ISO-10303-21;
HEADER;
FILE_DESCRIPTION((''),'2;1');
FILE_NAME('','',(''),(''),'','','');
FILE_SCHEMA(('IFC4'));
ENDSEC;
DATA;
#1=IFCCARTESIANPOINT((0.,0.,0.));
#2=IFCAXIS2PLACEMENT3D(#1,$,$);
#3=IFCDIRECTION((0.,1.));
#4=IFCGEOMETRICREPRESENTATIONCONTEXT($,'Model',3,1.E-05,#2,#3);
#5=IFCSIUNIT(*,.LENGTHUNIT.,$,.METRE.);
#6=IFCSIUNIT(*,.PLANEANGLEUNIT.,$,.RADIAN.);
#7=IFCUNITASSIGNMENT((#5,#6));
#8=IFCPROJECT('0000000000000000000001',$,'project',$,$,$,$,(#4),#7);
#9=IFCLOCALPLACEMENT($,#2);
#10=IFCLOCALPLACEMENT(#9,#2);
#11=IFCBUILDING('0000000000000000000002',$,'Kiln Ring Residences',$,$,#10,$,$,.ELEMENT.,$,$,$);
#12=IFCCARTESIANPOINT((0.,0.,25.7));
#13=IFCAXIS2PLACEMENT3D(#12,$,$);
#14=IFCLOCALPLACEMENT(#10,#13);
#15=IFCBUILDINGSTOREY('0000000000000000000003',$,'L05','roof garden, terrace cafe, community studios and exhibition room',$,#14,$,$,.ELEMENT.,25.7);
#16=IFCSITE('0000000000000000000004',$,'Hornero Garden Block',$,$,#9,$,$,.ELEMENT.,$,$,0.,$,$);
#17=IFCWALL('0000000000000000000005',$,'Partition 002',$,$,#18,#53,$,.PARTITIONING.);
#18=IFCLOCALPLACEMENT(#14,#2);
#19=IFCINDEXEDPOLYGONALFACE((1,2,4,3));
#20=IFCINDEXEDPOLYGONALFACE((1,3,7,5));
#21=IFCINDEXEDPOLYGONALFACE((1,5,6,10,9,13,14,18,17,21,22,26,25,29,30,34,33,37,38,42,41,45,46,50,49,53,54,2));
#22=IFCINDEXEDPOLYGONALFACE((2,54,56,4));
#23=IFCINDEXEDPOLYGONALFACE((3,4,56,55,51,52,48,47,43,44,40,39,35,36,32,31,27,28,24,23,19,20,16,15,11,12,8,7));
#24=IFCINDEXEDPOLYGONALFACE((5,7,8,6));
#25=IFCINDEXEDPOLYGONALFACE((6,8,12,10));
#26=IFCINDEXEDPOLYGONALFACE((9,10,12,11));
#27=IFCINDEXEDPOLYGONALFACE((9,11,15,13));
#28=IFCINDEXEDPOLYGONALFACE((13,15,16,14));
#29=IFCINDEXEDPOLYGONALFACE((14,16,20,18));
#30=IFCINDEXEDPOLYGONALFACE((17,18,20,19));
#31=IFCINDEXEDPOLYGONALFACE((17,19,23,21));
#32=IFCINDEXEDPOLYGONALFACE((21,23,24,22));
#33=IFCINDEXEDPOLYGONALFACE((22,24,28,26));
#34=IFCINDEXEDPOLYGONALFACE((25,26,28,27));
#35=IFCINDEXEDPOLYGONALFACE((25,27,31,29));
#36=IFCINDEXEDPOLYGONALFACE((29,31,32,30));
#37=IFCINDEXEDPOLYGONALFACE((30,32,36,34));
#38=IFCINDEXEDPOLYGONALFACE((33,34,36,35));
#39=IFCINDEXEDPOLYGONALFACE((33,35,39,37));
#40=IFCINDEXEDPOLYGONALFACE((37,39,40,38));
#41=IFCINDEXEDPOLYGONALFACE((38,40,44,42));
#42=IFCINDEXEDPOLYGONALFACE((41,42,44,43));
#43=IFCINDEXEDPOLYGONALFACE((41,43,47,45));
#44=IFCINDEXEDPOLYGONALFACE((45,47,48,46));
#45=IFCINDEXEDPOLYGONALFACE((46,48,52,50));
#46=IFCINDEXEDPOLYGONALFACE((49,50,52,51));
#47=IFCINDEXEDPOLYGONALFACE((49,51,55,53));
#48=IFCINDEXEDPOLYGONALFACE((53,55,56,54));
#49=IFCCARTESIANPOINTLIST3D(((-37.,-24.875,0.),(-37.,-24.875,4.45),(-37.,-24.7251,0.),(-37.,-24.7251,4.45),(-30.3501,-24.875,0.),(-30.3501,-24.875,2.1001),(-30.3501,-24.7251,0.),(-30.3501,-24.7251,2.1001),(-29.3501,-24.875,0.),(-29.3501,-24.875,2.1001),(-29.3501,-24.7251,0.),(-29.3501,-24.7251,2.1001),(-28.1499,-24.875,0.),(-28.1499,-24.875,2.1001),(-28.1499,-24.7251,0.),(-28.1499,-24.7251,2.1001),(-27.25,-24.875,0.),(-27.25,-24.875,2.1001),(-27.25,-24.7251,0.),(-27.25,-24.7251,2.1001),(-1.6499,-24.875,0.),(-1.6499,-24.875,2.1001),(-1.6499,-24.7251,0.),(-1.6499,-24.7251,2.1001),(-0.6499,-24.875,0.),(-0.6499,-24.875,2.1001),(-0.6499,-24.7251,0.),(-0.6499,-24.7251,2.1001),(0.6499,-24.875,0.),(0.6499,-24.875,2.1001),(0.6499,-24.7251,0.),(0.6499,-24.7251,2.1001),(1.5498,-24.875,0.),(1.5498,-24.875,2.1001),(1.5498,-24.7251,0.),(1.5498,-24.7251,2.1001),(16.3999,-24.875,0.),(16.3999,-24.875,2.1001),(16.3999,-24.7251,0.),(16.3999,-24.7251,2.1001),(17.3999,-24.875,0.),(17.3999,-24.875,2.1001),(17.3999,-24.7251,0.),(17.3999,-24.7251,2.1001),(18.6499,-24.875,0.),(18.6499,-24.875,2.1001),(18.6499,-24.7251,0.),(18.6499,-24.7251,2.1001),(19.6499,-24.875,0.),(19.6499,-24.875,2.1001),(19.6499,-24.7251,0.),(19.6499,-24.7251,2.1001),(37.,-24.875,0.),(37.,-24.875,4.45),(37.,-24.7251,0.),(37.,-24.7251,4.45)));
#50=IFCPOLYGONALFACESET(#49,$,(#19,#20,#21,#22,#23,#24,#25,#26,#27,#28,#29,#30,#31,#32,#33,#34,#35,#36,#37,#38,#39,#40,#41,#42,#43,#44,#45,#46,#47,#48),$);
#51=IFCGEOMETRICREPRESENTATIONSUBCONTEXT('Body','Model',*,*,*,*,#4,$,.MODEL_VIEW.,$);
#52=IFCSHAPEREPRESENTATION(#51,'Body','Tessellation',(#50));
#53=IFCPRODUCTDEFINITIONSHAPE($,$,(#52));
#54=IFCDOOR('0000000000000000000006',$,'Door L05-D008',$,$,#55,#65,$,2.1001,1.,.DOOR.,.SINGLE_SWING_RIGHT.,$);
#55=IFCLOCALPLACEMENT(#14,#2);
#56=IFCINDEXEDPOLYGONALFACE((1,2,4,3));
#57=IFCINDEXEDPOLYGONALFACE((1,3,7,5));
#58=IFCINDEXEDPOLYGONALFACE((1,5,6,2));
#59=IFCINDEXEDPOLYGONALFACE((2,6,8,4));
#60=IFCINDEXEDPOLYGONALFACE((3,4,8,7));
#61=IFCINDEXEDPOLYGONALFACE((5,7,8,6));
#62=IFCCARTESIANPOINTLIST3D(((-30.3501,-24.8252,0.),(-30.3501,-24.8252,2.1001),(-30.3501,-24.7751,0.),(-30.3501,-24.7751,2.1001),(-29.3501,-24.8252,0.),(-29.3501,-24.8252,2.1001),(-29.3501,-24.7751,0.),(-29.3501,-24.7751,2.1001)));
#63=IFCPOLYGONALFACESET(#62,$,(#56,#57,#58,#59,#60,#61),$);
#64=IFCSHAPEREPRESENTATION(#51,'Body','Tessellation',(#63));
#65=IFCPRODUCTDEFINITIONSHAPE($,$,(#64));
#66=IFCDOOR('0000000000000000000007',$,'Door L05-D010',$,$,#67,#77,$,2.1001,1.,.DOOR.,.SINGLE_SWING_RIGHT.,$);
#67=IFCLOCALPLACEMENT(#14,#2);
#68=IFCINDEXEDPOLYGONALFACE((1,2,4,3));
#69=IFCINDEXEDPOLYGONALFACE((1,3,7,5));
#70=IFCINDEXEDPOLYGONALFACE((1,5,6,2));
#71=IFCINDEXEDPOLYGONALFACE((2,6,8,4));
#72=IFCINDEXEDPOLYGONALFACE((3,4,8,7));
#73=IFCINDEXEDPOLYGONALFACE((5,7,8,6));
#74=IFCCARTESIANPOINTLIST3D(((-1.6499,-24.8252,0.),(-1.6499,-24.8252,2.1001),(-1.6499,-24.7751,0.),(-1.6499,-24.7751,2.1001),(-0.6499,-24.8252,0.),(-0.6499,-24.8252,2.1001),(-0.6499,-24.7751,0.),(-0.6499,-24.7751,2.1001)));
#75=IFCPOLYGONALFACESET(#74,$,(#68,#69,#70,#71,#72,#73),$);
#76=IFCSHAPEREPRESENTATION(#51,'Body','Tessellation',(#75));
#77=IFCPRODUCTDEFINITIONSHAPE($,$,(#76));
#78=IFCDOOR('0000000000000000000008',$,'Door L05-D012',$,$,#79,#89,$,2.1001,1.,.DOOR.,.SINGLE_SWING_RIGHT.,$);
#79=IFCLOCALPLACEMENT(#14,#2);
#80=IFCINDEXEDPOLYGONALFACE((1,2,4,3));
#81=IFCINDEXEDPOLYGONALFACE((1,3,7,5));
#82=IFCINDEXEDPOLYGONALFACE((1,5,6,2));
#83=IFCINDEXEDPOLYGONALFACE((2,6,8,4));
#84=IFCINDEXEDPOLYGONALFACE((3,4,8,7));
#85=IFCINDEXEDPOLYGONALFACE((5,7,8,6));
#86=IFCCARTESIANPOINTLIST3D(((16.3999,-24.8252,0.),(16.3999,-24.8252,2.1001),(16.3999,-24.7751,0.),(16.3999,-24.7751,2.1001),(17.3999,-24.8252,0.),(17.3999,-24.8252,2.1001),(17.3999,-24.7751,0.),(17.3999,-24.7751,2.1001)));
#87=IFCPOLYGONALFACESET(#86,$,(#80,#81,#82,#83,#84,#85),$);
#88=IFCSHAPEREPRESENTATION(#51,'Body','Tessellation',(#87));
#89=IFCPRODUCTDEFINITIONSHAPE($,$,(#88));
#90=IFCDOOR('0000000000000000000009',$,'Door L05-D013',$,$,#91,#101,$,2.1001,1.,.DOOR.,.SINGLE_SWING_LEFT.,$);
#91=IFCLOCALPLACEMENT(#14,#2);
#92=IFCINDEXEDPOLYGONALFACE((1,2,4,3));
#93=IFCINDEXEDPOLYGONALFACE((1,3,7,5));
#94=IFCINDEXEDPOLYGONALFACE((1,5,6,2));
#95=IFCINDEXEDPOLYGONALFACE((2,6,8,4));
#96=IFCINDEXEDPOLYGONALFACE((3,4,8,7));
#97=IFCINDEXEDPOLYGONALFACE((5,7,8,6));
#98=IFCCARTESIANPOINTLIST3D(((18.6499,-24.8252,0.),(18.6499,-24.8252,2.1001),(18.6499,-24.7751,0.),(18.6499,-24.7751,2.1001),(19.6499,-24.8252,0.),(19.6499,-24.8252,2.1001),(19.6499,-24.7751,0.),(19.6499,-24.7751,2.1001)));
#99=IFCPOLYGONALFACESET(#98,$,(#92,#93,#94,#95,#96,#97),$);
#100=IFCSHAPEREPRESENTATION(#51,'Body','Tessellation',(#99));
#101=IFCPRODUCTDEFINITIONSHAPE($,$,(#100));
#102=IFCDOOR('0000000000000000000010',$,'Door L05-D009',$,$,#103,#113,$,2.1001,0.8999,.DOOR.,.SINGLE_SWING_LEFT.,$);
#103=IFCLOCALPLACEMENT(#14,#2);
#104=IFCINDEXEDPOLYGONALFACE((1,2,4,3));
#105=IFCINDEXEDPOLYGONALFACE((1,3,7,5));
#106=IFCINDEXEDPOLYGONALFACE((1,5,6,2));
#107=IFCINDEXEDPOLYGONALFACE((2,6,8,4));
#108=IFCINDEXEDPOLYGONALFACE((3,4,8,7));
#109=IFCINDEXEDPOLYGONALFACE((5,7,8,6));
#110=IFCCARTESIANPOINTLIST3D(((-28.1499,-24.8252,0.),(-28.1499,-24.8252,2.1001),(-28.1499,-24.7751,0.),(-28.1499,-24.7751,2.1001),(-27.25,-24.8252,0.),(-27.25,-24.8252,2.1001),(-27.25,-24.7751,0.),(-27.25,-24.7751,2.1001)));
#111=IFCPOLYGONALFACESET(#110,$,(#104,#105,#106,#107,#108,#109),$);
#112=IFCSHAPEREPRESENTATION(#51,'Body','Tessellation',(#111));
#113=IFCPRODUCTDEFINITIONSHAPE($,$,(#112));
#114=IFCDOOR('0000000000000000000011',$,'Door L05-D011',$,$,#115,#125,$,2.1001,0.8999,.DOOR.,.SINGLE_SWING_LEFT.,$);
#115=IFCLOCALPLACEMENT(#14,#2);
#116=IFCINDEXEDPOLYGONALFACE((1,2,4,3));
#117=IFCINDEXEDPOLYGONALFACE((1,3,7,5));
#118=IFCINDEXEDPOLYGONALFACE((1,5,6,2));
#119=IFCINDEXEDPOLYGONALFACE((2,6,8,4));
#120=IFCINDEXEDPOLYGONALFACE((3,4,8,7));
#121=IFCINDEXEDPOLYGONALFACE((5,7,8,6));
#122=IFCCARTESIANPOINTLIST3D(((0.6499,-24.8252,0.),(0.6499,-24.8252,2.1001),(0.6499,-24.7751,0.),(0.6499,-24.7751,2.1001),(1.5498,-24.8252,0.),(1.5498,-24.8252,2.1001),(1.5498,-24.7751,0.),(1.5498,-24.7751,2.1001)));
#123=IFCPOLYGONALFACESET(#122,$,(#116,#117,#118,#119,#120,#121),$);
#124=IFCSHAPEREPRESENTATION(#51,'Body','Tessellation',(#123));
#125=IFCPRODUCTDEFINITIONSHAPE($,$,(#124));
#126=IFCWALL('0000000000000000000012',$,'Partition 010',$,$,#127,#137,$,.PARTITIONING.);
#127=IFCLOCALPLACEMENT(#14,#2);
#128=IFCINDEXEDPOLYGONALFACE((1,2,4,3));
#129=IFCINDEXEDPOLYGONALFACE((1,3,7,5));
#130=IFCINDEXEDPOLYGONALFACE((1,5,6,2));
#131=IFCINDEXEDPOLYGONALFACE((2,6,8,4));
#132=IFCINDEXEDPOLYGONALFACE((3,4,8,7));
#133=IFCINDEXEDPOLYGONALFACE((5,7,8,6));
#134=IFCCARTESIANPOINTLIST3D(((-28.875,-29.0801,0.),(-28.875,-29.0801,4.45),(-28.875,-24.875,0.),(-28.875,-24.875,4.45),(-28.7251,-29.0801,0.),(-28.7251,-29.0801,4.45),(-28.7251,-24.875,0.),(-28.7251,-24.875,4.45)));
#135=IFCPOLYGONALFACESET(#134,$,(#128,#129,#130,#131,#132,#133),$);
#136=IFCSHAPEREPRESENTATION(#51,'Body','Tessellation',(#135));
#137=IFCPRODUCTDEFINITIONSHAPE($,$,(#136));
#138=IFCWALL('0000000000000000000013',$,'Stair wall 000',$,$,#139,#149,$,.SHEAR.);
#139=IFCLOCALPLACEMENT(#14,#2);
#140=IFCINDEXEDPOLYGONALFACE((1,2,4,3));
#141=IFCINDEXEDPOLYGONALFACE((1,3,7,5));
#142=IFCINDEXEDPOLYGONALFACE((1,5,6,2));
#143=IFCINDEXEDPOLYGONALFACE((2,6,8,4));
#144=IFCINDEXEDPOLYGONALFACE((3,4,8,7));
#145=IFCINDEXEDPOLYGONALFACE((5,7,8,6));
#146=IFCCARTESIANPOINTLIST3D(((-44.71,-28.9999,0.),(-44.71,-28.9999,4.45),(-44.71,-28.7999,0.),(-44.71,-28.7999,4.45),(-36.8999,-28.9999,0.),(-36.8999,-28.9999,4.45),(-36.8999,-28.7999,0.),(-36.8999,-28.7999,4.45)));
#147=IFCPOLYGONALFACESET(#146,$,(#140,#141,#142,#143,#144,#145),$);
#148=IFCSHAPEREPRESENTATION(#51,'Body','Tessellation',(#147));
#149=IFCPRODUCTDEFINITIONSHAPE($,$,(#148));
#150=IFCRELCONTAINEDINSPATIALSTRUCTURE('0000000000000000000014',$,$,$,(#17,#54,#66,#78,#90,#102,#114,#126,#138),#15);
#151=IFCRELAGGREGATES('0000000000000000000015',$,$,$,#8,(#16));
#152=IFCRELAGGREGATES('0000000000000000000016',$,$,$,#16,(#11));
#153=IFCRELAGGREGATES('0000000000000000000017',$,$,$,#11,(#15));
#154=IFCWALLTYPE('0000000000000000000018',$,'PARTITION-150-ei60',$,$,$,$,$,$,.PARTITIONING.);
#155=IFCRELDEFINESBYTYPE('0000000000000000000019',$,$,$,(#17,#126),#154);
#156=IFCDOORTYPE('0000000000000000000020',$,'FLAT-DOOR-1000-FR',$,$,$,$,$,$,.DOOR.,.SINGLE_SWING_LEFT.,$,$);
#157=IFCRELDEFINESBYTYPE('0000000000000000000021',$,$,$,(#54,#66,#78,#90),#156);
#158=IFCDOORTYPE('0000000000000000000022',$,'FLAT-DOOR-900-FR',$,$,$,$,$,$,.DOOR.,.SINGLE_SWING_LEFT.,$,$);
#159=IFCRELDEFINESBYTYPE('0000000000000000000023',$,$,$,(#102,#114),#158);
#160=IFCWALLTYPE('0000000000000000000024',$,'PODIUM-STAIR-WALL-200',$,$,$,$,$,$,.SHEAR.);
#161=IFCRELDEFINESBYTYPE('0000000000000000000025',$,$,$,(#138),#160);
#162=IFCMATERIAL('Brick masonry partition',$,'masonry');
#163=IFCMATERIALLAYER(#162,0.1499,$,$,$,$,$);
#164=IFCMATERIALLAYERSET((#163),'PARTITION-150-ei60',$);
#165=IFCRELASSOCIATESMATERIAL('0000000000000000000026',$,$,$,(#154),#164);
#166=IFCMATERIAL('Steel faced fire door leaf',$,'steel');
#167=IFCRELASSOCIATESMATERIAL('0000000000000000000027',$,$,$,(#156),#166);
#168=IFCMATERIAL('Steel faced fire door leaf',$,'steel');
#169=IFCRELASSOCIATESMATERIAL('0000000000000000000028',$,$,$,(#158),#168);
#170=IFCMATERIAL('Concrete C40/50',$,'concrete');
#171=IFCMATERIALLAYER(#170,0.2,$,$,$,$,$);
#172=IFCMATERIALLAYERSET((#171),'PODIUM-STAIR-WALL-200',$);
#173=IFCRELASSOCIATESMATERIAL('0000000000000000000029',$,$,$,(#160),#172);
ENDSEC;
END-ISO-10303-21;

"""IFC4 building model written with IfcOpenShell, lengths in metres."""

from ifc_helpers import new_model, si_unit, direction, frame, frame_2d, origin, place, context, subcontext, project, spatial, rectangle, extrude, material, layer, layer_set, type_object, element, fill, save


model = new_model("IFC4")

# Units and contexts
model_context = context("Model", 3, precision=1e-05, world=origin(), true_north=direction((0.0, 1.0)))
body_context = subcontext(model_context, "Body", "Model", "MODEL_VIEW")
ifc_project = project(units=[si_unit("LENGTHUNIT", "METRE"), si_unit("PLANEANGLEUNIT", "RADIAN")], contexts=[model_context])

# Site, building, storey
site_placement = place(None, origin())
site = spatial("IfcSite", under=ifc_project, at=site_placement, Name="Hornero Garden Block", CompositionType="ELEMENT", RefElevation=0.0)
building_placement = place(site_placement, origin())
building = spatial("IfcBuilding", under=site, at=building_placement, Name="Kiln Ring Residences", CompositionType="ELEMENT")
storey_placement = place(building_placement, frame((0.0, 0.0, 25.7)))
storey = spatial("IfcBuildingStorey", under=building, at=storey_placement, Name="L05", Description="roof garden, terrace cafe, community studios and exhibition room", CompositionType="ELEMENT", Elevation=25.7)

# Wall, openings, doors
ifc_material_1 = material(Name="Brick masonry partition", Category="masonry")
ifc_layer_1 = layer(ifc_material_1, 0.1499)
ifc_layer_set_1 = layer_set([ifc_layer_1], Name="PARTITION-150-ei60")
wall_type_1 = type_object("IfcWallType", Name="PARTITION-150-ei60", PredefinedType="PARTITIONING", material=ifc_layer_set_1)
wall_1_placement = place(storey_placement, frame((-37.0, -24.8, 0.0), z_axis=(0.0, 0.0, 1.0), x_axis=(1.0, 0.0, 0.0)))
wall_1 = element("IfcWall", 1, at=wall_1_placement, inside=storey, type_object=wall_type_1, Name="Partition 002", PredefinedType="PARTITIONING", context=body_context, shape_type="SweptSolid", body=[
    extrude(rectangle(XDim=74.0, YDim=0.1499, at=frame_2d((37.0, 0.0))), origin(), (0.0, 0.0, 1.0), 4.45),
])
opening_1_placement = place(wall_1_placement, frame((6.6499, 0.0, 0.0)))
opening_1 = element("IfcOpeningElement", 2, at=opening_1_placement, cuts=wall_1, PredefinedType="OPENING", context=body_context, shape_type="SweptSolid", body=[
    extrude(rectangle(XDim=1.0, YDim=2.1001, at=frame_2d((0.5, 1.05))), frame((0.0, 0.085, 0.0), z_axis=(0.0, -1.0, 0.0), x_axis=(1.0, 0.0, 0.0)), (0.0, 0.0, 1.0), 0.1699),
])
opening_2_placement = place(wall_1_placement, frame((8.8501, 0.0, 0.0)))
opening_2 = element("IfcOpeningElement", 3, at=opening_2_placement, cuts=wall_1, PredefinedType="OPENING", context=body_context, shape_type="SweptSolid", body=[
    extrude(rectangle(XDim=0.8999, YDim=2.1001, at=frame_2d((0.45, 1.05))), frame((0.0, 0.085, 0.0), z_axis=(0.0, -1.0, 0.0), x_axis=(1.0, 0.0, 0.0)), (0.0, 0.0, 1.0), 0.1699),
])
opening_3_placement = place(wall_1_placement, frame((35.3501, 0.0, 0.0)))
opening_3 = element("IfcOpeningElement", 4, at=opening_3_placement, cuts=wall_1, PredefinedType="OPENING", context=body_context, shape_type="SweptSolid", body=[
    extrude(rectangle(XDim=1.0, YDim=2.1001, at=frame_2d((0.5, 1.05))), frame((0.0, 0.085, 0.0), z_axis=(0.0, -1.0, 0.0), x_axis=(1.0, 0.0, 0.0)), (0.0, 0.0, 1.0), 0.1699),
])
opening_4_placement = place(wall_1_placement, frame((37.6499, 0.0, 0.0)))
opening_4 = element("IfcOpeningElement", 5, at=opening_4_placement, cuts=wall_1, PredefinedType="OPENING", context=body_context, shape_type="SweptSolid", body=[
    extrude(rectangle(XDim=0.8999, YDim=2.1001, at=frame_2d((0.45, 1.05))), frame((0.0, 0.085, 0.0), z_axis=(0.0, -1.0, 0.0), x_axis=(1.0, 0.0, 0.0)), (0.0, 0.0, 1.0), 0.1699),
])
opening_5_placement = place(wall_1_placement, frame((53.3999, 0.0, 0.0)))
opening_5 = element("IfcOpeningElement", 6, at=opening_5_placement, cuts=wall_1, PredefinedType="OPENING", context=body_context, shape_type="SweptSolid", body=[
    extrude(rectangle(XDim=1.0, YDim=2.1001, at=frame_2d((0.5, 1.05))), frame((0.0, 0.085, 0.0), z_axis=(0.0, -1.0, 0.0), x_axis=(1.0, 0.0, 0.0)), (0.0, 0.0, 1.0), 0.1699),
])
opening_6_placement = place(wall_1_placement, frame((55.6499, 0.0, 0.0)))
opening_6 = element("IfcOpeningElement", 7, at=opening_6_placement, cuts=wall_1, PredefinedType="OPENING", context=body_context, shape_type="SweptSolid", body=[
    extrude(rectangle(XDim=1.0, YDim=2.1001, at=frame_2d((0.5, 1.05))), frame((0.0, 0.085, 0.0), z_axis=(0.0, -1.0, 0.0), x_axis=(1.0, 0.0, 0.0)), (0.0, 0.0, 1.0), 0.1699),
])
ifc_material_2 = material(Name="Steel faced fire door leaf", Category="steel")
door_type_1 = type_object("IfcDoorType", Name="FLAT-DOOR-1000-FR", OperationType="SINGLE_SWING_LEFT", PredefinedType="DOOR", material=ifc_material_2)
door_1_placement = place(opening_1_placement, origin())
door_1 = element("IfcDoor", 8, at=door_1_placement, inside=storey, type_object=door_type_1, Name="Door L05-D008", OperationType="SINGLE_SWING_RIGHT", OverallHeight=2.1001, OverallWidth=1.0, PredefinedType="DOOR", context=body_context, shape_type="SweptSolid", body=[
    extrude(rectangle(XDim=1.0, YDim=2.1001, at=frame_2d((0.5, 1.05))), frame((0.0, 0.0249, 0.0), z_axis=(0.0, -1.0, 0.0), x_axis=(1.0, 0.0, 0.0)), (0.0, 0.0, 1.0), 0.05),
])
fill(opening_1, door_1)
door_2_placement = place(opening_3_placement, origin())
door_2 = element("IfcDoor", 9, at=door_2_placement, inside=storey, type_object=door_type_1, Name="Door L05-D010", OperationType="SINGLE_SWING_RIGHT", OverallHeight=2.1001, OverallWidth=1.0, PredefinedType="DOOR", context=body_context, shape_type="SweptSolid", body=[
    extrude(rectangle(XDim=1.0, YDim=2.1001, at=frame_2d((0.5, 1.05))), frame((0.0, 0.0249, 0.0), z_axis=(0.0, -1.0, 0.0), x_axis=(1.0, 0.0, 0.0)), (0.0, 0.0, 1.0), 0.05),
])
fill(opening_3, door_2)
door_3_placement = place(opening_5_placement, origin())
door_3 = element("IfcDoor", 10, at=door_3_placement, inside=storey, type_object=door_type_1, Name="Door L05-D012", OperationType="SINGLE_SWING_RIGHT", OverallHeight=2.1001, OverallWidth=1.0, PredefinedType="DOOR", context=body_context, shape_type="SweptSolid", body=[
    extrude(rectangle(XDim=1.0, YDim=2.1001, at=frame_2d((0.5, 1.05))), frame((0.0, 0.0249, 0.0), z_axis=(0.0, -1.0, 0.0), x_axis=(1.0, 0.0, 0.0)), (0.0, 0.0, 1.0), 0.05),
])
fill(opening_5, door_3)
door_4_placement = place(opening_6_placement, origin())
door_4 = element("IfcDoor", 11, at=door_4_placement, inside=storey, type_object=door_type_1, Name="Door L05-D013", OperationType="SINGLE_SWING_LEFT", OverallHeight=2.1001, OverallWidth=1.0, PredefinedType="DOOR", context=body_context, shape_type="SweptSolid", body=[
    extrude(rectangle(XDim=1.0, YDim=2.1001, at=frame_2d((0.5, 1.05))), frame((0.0, 0.0249, 0.0), z_axis=(0.0, -1.0, 0.0), x_axis=(1.0, 0.0, 0.0)), (0.0, 0.0, 1.0), 0.05),
])
fill(opening_6, door_4)
ifc_material_3 = material(Name="Steel faced fire door leaf", Category="steel")
door_type_2 = type_object("IfcDoorType", Name="FLAT-DOOR-900-FR", OperationType="SINGLE_SWING_LEFT", PredefinedType="DOOR", material=ifc_material_3)
door_5_placement = place(opening_2_placement, origin())
door_5 = element("IfcDoor", 12, at=door_5_placement, inside=storey, type_object=door_type_2, Name="Door L05-D009", OperationType="SINGLE_SWING_LEFT", OverallHeight=2.1001, OverallWidth=0.8999, PredefinedType="DOOR", context=body_context, shape_type="SweptSolid", body=[
    extrude(rectangle(XDim=0.8999, YDim=2.1001, at=frame_2d((0.45, 1.05))), frame((0.0, 0.0249, 0.0), z_axis=(0.0, -1.0, 0.0), x_axis=(1.0, 0.0, 0.0)), (0.0, 0.0, 1.0), 0.05),
])
fill(opening_2, door_5)
door_6_placement = place(opening_4_placement, origin())
door_6 = element("IfcDoor", 13, at=door_6_placement, inside=storey, type_object=door_type_2, Name="Door L05-D011", OperationType="SINGLE_SWING_LEFT", OverallHeight=2.1001, OverallWidth=0.8999, PredefinedType="DOOR", context=body_context, shape_type="SweptSolid", body=[
    extrude(rectangle(XDim=0.8999, YDim=2.1001, at=frame_2d((0.45, 1.05))), frame((0.0, 0.0249, 0.0), z_axis=(0.0, -1.0, 0.0), x_axis=(1.0, 0.0, 0.0)), (0.0, 0.0, 1.0), 0.05),
])
fill(opening_4, door_6)

# Walls
wall_2_placement = place(storey_placement, frame((-28.8, -29.0801, 0.0), z_axis=(0.0, 0.0, 1.0), x_axis=(0.0, 1.0, 0.0)))
element("IfcWall", 14, at=wall_2_placement, inside=storey, type_object=wall_type_1, Name="Partition 010", PredefinedType="PARTITIONING", context=body_context, shape_type="SweptSolid", body=[
    extrude(rectangle(XDim=4.2051, YDim=0.1499, at=frame_2d((2.1025, 0.0))), origin(), (0.0, 0.0, 1.0), 4.45),
])
ifc_material_4 = material(Name="Concrete C40/50", Category="concrete")
ifc_layer_2 = layer(ifc_material_4, 0.2)
ifc_layer_set_2 = layer_set([ifc_layer_2], Name="PODIUM-STAIR-WALL-200")
wall_type_2 = type_object("IfcWallType", Name="PODIUM-STAIR-WALL-200", PredefinedType="SHEAR", material=ifc_layer_set_2)
wall_3_placement = place(storey_placement, frame((-44.71, -28.8999, 0.0), z_axis=(0.0, 0.0, 1.0), x_axis=(1.0, 0.0, 0.0)))
element("IfcWall", 15, at=wall_3_placement, inside=storey, type_object=wall_type_2, Name="Stair wall 000", PredefinedType="SHEAR", context=body_context, shape_type="SweptSolid", body=[
    extrude(rectangle(XDim=7.8101, YDim=0.2, at=frame_2d((3.905, 0.0))), origin(), (0.0, 0.0, 1.0), 4.45),
])

save(model, "model.ifc")
